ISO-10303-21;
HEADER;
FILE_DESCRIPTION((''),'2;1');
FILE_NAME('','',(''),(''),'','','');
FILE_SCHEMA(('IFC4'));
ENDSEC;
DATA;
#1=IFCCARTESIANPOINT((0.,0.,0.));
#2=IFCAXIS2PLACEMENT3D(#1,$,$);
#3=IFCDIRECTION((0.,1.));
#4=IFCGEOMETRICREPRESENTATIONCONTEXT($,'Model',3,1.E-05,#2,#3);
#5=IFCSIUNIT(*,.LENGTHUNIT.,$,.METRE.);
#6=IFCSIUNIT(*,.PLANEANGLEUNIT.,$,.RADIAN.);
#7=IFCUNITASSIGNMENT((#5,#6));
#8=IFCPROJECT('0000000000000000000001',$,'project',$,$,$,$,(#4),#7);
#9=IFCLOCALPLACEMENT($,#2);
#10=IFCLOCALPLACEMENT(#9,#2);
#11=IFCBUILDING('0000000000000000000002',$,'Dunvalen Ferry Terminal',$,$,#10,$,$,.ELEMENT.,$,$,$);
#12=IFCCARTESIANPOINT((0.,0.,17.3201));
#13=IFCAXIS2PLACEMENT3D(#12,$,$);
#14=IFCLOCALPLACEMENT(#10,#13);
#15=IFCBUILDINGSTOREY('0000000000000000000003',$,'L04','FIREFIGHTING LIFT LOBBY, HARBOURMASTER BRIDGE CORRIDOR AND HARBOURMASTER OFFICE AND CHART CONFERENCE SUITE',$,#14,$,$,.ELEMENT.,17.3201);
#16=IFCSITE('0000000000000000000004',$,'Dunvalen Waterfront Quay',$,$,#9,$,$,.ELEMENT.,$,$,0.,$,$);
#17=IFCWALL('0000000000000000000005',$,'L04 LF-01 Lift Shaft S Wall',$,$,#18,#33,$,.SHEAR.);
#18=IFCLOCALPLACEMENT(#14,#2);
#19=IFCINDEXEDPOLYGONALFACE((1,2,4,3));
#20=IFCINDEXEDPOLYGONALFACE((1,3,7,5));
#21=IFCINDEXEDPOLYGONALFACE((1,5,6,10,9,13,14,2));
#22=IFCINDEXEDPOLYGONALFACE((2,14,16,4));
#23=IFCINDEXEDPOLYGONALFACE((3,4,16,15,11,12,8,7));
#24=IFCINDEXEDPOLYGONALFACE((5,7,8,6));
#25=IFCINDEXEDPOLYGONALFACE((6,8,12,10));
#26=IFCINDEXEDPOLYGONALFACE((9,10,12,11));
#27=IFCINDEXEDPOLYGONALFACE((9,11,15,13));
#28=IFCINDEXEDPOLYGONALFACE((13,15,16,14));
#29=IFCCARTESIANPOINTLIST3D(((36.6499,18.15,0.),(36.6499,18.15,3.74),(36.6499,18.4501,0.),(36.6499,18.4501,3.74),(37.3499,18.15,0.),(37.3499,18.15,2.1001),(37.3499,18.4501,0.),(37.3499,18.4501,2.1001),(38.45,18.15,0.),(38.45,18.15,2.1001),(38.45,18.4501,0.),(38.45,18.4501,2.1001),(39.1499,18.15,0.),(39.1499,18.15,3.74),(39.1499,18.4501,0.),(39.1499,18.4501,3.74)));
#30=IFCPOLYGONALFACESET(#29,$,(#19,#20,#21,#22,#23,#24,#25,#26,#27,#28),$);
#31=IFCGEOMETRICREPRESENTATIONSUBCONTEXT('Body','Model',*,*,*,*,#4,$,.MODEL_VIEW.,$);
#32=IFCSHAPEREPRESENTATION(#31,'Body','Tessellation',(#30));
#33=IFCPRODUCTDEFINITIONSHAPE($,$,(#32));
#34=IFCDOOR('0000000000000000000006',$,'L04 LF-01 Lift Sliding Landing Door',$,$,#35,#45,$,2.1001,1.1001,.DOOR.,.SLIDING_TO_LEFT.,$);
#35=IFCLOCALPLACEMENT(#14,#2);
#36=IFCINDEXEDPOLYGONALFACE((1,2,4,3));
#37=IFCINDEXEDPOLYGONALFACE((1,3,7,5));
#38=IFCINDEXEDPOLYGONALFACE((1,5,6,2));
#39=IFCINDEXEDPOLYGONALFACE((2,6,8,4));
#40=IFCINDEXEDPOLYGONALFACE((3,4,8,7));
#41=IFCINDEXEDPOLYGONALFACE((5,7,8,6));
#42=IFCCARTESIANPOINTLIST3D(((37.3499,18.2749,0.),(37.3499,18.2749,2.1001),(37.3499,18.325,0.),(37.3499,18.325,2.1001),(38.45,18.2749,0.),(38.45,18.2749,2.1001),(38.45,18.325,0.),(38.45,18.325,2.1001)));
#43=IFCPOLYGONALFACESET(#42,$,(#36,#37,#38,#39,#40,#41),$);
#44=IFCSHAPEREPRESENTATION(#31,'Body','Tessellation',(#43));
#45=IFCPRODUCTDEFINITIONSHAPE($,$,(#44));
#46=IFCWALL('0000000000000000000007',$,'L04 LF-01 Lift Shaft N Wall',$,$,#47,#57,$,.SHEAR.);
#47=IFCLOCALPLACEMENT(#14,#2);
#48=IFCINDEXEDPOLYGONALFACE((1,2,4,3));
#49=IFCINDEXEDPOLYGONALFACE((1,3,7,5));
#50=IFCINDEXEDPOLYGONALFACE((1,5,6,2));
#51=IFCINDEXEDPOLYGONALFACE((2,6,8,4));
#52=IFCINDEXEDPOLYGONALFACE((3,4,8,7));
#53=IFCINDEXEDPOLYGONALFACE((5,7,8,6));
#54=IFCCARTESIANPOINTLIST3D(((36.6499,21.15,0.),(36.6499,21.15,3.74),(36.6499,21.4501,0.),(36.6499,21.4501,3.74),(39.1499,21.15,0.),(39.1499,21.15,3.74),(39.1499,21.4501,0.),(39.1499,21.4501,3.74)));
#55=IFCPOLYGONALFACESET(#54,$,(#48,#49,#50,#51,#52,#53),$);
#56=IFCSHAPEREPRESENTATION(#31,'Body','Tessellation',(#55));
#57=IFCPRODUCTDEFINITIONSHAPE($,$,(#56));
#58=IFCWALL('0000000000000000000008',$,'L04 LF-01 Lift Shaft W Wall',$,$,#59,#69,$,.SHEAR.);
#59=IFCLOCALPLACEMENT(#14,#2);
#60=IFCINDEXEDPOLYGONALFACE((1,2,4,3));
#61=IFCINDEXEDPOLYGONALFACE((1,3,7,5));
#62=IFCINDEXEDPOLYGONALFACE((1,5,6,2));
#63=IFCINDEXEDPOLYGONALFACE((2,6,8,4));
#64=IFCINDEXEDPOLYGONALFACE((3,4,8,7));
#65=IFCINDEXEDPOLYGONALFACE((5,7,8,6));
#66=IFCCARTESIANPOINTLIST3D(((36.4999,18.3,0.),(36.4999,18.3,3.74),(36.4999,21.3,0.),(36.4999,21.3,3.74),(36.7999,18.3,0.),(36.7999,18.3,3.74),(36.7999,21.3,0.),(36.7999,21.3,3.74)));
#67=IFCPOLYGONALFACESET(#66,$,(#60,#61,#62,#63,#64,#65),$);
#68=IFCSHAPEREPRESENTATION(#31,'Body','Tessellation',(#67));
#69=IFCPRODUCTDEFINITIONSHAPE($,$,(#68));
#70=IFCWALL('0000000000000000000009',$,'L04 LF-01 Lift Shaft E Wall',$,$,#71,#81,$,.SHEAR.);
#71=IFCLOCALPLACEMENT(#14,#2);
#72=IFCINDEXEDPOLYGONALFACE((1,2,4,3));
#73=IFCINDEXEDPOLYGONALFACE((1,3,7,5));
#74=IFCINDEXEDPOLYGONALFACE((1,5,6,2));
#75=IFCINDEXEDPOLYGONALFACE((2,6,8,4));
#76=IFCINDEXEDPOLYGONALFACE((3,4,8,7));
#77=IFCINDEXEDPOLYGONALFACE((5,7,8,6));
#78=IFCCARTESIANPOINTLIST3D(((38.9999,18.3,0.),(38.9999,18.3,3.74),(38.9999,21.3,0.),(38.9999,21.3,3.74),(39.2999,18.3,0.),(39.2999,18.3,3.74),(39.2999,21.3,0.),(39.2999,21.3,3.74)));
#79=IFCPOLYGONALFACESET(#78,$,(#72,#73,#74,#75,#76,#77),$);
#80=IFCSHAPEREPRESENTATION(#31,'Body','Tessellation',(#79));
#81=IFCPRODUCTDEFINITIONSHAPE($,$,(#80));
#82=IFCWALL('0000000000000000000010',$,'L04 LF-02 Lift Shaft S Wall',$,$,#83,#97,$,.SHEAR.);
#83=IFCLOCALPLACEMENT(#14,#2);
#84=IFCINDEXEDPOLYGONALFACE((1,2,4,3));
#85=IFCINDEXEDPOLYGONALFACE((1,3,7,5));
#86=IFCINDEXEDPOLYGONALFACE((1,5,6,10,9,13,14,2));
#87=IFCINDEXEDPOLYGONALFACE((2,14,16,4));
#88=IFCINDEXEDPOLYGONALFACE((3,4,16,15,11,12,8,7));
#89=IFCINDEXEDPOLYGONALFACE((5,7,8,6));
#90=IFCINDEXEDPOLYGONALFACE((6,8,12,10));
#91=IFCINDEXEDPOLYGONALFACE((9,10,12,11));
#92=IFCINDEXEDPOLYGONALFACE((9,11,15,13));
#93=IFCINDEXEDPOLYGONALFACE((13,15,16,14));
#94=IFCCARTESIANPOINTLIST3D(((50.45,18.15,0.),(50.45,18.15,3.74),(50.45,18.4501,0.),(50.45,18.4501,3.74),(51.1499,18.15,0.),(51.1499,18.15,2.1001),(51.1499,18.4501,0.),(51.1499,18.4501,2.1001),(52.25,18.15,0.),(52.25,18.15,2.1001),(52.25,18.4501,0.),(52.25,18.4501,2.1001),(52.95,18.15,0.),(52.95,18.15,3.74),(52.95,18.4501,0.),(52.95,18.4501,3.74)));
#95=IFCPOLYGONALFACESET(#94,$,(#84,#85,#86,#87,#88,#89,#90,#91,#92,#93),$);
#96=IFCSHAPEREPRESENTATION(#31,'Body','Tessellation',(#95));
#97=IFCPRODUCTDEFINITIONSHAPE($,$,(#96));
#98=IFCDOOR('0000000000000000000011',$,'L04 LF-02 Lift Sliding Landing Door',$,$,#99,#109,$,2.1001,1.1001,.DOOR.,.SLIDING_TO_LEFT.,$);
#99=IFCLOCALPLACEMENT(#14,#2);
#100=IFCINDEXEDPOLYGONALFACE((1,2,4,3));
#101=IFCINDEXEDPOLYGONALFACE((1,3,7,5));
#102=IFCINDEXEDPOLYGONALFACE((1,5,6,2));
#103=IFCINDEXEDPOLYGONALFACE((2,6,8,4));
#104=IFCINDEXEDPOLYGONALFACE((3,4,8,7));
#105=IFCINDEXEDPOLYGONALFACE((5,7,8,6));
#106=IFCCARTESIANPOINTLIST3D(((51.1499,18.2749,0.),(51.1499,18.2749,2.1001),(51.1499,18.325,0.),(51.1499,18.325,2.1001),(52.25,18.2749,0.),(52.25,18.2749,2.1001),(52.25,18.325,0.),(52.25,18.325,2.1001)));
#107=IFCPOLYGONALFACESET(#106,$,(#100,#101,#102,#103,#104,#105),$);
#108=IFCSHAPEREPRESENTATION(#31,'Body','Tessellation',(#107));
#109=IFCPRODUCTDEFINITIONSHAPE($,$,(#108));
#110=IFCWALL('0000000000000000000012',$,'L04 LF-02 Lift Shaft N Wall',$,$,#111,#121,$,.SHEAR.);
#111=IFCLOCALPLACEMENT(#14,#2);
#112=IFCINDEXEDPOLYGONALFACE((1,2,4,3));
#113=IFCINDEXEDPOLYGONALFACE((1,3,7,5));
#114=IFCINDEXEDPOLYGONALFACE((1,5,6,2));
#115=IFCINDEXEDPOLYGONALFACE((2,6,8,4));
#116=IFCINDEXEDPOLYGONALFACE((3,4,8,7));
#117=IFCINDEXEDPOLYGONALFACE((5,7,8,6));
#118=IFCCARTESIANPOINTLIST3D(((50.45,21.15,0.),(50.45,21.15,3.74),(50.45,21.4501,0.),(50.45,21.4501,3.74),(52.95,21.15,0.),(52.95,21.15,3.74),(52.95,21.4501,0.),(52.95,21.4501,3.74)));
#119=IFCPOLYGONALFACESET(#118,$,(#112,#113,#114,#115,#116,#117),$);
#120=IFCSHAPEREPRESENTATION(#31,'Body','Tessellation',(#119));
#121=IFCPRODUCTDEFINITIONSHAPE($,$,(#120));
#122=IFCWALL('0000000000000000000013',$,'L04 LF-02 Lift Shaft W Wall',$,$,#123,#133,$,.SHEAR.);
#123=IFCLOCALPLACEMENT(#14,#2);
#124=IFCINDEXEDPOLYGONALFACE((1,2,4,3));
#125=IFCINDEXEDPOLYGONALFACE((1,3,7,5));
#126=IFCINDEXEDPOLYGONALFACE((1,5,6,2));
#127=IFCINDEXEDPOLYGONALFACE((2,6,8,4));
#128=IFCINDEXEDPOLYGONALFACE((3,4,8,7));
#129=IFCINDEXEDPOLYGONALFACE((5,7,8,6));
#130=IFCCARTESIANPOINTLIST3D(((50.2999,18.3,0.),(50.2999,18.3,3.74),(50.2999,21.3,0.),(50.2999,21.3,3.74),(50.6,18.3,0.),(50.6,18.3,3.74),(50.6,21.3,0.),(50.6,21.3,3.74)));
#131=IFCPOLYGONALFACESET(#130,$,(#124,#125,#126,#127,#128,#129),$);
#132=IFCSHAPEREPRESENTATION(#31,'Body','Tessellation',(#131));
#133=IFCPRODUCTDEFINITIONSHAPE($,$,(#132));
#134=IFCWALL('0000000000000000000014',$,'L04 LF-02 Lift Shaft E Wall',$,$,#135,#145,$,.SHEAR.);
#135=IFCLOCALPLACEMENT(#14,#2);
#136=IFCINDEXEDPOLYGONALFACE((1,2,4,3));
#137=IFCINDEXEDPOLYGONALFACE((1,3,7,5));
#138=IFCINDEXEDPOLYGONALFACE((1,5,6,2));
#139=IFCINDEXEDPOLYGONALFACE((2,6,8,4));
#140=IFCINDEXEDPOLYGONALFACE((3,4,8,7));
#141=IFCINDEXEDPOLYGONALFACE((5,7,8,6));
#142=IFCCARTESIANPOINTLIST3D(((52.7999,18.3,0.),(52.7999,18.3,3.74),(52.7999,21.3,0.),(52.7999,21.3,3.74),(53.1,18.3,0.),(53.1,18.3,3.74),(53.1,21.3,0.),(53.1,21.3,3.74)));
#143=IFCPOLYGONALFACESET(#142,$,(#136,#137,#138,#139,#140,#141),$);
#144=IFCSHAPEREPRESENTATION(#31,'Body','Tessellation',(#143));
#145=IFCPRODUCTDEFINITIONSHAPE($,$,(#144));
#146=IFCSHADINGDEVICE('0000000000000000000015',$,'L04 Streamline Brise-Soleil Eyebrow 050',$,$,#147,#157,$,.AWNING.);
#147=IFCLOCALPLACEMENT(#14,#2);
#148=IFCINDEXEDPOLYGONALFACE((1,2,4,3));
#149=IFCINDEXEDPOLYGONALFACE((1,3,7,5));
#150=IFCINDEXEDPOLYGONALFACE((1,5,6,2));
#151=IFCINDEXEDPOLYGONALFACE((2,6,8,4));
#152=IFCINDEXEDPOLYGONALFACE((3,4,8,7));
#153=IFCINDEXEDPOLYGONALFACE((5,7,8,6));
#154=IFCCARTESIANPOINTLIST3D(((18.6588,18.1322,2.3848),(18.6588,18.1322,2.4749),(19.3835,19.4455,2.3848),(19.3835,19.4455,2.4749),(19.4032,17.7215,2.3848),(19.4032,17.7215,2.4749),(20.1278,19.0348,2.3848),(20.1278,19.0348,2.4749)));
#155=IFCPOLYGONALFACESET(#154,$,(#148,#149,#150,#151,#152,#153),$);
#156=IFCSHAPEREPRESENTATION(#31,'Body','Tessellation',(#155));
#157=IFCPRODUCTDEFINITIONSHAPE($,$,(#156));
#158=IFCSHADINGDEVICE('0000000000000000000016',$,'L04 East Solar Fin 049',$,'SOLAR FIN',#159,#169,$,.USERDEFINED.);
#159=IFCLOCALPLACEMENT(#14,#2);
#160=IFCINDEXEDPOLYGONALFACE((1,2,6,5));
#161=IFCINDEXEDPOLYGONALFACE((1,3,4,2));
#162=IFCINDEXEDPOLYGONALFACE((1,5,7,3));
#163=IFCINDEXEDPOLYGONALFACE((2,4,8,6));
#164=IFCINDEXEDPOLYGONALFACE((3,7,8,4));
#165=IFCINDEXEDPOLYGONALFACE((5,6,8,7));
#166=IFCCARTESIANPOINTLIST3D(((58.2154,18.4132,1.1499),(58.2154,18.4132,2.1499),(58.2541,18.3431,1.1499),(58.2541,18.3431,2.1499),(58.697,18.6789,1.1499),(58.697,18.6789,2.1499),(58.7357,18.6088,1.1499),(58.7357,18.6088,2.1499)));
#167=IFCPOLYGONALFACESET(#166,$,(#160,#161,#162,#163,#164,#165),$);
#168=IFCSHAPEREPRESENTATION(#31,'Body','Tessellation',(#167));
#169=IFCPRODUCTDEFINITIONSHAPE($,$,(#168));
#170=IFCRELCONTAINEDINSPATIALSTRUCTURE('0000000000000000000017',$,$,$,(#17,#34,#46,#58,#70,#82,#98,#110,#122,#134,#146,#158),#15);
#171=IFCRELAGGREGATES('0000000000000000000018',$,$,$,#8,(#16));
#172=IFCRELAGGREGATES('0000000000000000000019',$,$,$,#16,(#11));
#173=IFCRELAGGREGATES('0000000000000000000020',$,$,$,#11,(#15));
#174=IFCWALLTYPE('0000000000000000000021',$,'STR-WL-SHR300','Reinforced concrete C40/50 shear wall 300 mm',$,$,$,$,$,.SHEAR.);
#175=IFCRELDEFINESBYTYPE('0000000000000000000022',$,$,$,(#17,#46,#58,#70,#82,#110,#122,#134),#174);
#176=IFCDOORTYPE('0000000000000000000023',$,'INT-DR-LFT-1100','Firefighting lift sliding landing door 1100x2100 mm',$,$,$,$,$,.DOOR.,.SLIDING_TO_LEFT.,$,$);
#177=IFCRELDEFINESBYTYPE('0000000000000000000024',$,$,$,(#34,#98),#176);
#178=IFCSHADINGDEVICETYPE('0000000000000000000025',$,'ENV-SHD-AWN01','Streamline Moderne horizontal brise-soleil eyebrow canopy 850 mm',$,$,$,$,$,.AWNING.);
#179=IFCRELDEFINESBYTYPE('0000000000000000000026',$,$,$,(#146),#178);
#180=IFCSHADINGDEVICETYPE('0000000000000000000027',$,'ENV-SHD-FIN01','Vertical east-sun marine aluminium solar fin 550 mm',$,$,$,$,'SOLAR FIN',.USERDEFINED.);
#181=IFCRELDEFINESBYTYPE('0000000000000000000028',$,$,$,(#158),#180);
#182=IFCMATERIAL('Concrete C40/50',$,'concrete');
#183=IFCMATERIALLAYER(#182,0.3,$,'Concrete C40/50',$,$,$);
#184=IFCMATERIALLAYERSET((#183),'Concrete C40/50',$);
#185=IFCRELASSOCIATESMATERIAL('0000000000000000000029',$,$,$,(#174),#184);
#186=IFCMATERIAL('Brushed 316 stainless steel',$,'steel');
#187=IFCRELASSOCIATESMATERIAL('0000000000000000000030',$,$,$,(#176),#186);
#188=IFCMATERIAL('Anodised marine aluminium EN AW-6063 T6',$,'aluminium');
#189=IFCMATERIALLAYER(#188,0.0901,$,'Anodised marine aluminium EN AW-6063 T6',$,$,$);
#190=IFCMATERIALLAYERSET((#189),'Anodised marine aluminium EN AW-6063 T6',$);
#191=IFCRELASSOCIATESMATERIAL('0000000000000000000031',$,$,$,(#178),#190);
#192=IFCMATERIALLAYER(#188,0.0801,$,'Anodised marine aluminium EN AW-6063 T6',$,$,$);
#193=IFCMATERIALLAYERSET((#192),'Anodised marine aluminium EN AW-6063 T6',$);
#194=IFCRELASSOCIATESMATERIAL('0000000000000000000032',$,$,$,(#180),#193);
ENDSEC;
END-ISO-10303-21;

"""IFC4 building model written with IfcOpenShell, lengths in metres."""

from ifc_helpers import new_model, si_unit, direction, frame, frame_2d, origin, origin_2d, place, context, subcontext, project, spatial, rectangle, extrude, material, layer, layer_set, type_object, element, fill, save


model = new_model("IFC4")

# Units and contexts
model_context = context("Model", 3, precision=1e-05, world=origin(), true_north=direction((0.0, 1.0)))
body_context = subcontext(model_context, "Body", "Model", "MODEL_VIEW")
ifc_project = project(units=[si_unit("LENGTHUNIT", "METRE"), si_unit("PLANEANGLEUNIT", "RADIAN")], contexts=[model_context])

# Site, building, storey
site_placement = place(None, origin())
site = spatial("IfcSite", under=ifc_project, at=site_placement, Name="Dunvalen Waterfront Quay", CompositionType="ELEMENT", RefElevation=0.0)
building_placement = place(site_placement, origin())
building = spatial("IfcBuilding", under=site, at=building_placement, Name="Dunvalen Ferry Terminal", CompositionType="ELEMENT")
storey_placement = place(building_placement, frame((0.0, 0.0, 17.3201)))
storey = spatial("IfcBuildingStorey", under=building, at=storey_placement, Name="L04", Description="FIREFIGHTING LIFT LOBBY, HARBOURMASTER BRIDGE CORRIDOR AND HARBOURMASTER OFFICE AND CHART CONFERENCE SUITE", CompositionType="ELEMENT", Elevation=17.3201)

# Shared definitions
ifc_material_1 = material(Name="Concrete C40/50", Category="concrete")

# Shared definitions
ifc_layer_1 = layer(ifc_material_1, 0.3, Name="Concrete C40/50")
ifc_layer_set_1 = layer_set([ifc_layer_1], Name="Concrete C40/50")
wall_type_1 = type_object("IfcWallType", Name="STR-WL-SHR300", Description="Reinforced concrete C40/50 shear wall 300 mm", PredefinedType="SHEAR", material=ifc_layer_set_1)

# Wall, opening, door
wall_1_placement = place(storey_placement, frame((36.6499, 18.3, 0.0), z_axis=(0.0, 0.0, 1.0), x_axis=(1.0, 0.0, 0.0)))
wall_1 = element("IfcWall", 1, at=wall_1_placement, inside=storey, type_object=wall_type_1, Name="L04 LF-01 Lift Shaft S Wall", PredefinedType="SHEAR", context=body_context, shape_type="SweptSolid", body=[
    extrude(rectangle(XDim=2.5, YDim=0.3, at=frame_2d((1.25, 0.0))), origin(), (0.0, 0.0, 1.0), 3.74),
])
opening_1_placement = place(wall_1_placement, frame((0.7, 0.0, 0.0)))
opening_1 = element("IfcOpeningElement", 2, at=opening_1_placement, cuts=wall_1, PredefinedType="OPENING", context=body_context, shape_type="SweptSolid", body=[
    extrude(rectangle(XDim=1.1001, YDim=2.1001, at=frame_2d((0.55, 1.05))), frame((0.0, 0.1602, 0.0), z_axis=(0.0, -1.0, 0.0), x_axis=(1.0, 0.0, 0.0)), (0.0, 0.0, 1.0), 0.3201),
])
ifc_material_2 = material(Name="Brushed 316 stainless steel", Category="steel")
door_type = type_object("IfcDoorType", Name="INT-DR-LFT-1100", Description="Firefighting lift sliding landing door 1100x2100 mm", OperationType="SLIDING_TO_LEFT", PredefinedType="DOOR", material=ifc_material_2)
door_1_placement = place(opening_1_placement, origin())
door_1 = element("IfcDoor", 3, at=door_1_placement, inside=storey, type_object=door_type, Name="L04 LF-01 Lift Sliding Landing Door", OperationType="SLIDING_TO_LEFT", OverallHeight=2.1001, OverallWidth=1.1001, PredefinedType="DOOR", context=body_context, shape_type="SweptSolid", body=[
    extrude(rectangle(XDim=1.1001, YDim=2.1001, at=frame_2d((0.55, 1.05))), frame((0.0, 0.0249, 0.0), z_axis=(0.0, -1.0, 0.0), x_axis=(1.0, 0.0, 0.0)), (0.0, 0.0, 1.0), 0.05),
])
fill(opening_1, door_1)

# Walls
wall_2_placement = place(storey_placement, frame((36.6499, 21.3, 0.0), z_axis=(0.0, 0.0, 1.0), x_axis=(1.0, 0.0, 0.0)))
element("IfcWall", 4, at=wall_2_placement, inside=storey, type_object=wall_type_1, Name="L04 LF-01 Lift Shaft N Wall", PredefinedType="SHEAR", context=body_context, shape_type="SweptSolid", body=[
    extrude(rectangle(XDim=2.5, YDim=0.3, at=frame_2d((1.25, 0.0))), origin(), (0.0, 0.0, 1.0), 3.74),
])
for number, where, z_axis, x_axis, name in (
    (5, (36.6499, 18.3, 0.0), (0.0, 0.0, 1.0), (0.0, 1.0, 0.0), "L04 LF-01 Lift Shaft W Wall"),
    (6, (39.1499, 18.3, 0.0), (0.0, 0.0, 1.0), (0.0, 1.0, 0.0), "L04 LF-01 Lift Shaft E Wall"),
):
    element("IfcWall", number, at=place(storey_placement, frame(where, z_axis=z_axis, x_axis=x_axis)), inside=storey, type_object=wall_type_1, Name=name, PredefinedType="SHEAR", context=body_context, shape_type="SweptSolid", body=[
        extrude(rectangle(XDim=3.0, YDim=0.3, at=frame_2d((1.5, 0.0))), origin(), (0.0, 0.0, 1.0), 3.74),
    ])

# Wall, opening, door
wall_3_placement = place(storey_placement, frame((50.45, 18.3, 0.0), z_axis=(0.0, 0.0, 1.0), x_axis=(1.0, 0.0, 0.0)))
wall_3 = element("IfcWall", 7, at=wall_3_placement, inside=storey, type_object=wall_type_1, Name="L04 LF-02 Lift Shaft S Wall", PredefinedType="SHEAR", context=body_context, shape_type="SweptSolid", body=[
    extrude(rectangle(XDim=2.5, YDim=0.3, at=frame_2d((1.25, 0.0))), origin(), (0.0, 0.0, 1.0), 3.74),
])
opening_2_placement = place(wall_3_placement, frame((0.7, 0.0, 0.0)))
opening_2 = element("IfcOpeningElement", 8, at=opening_2_placement, cuts=wall_3, PredefinedType="OPENING", context=body_context, shape_type="SweptSolid", body=[
    extrude(rectangle(XDim=1.1001, YDim=2.1001, at=frame_2d((0.55, 1.05))), frame((0.0, 0.1602, 0.0), z_axis=(0.0, -1.0, 0.0), x_axis=(1.0, 0.0, 0.0)), (0.0, 0.0, 1.0), 0.3201),
])
door_2_placement = place(opening_2_placement, origin())
door_2 = element("IfcDoor", 9, at=door_2_placement, inside=storey, type_object=door_type, Name="L04 LF-02 Lift Sliding Landing Door", OperationType="SLIDING_TO_LEFT", OverallHeight=2.1001, OverallWidth=1.1001, PredefinedType="DOOR", context=body_context, shape_type="SweptSolid", body=[
    extrude(rectangle(XDim=1.1001, YDim=2.1001, at=frame_2d((0.55, 1.05))), frame((0.0, 0.0249, 0.0), z_axis=(0.0, -1.0, 0.0), x_axis=(1.0, 0.0, 0.0)), (0.0, 0.0, 1.0), 0.05),
])
fill(opening_2, door_2)

# Walls
wall_4_placement = place(storey_placement, frame((50.45, 21.3, 0.0), z_axis=(0.0, 0.0, 1.0), x_axis=(1.0, 0.0, 0.0)))
element("IfcWall", 10, at=wall_4_placement, inside=storey, type_object=wall_type_1, Name="L04 LF-02 Lift Shaft N Wall", PredefinedType="SHEAR", context=body_context, shape_type="SweptSolid", body=[
    extrude(rectangle(XDim=2.5, YDim=0.3, at=frame_2d((1.25, 0.0))), origin(), (0.0, 0.0, 1.0), 3.74),
])
for number, where, z_axis, x_axis, name in (
    (11, (50.45, 18.3, 0.0), (0.0, 0.0, 1.0), (0.0, 1.0, 0.0), "L04 LF-02 Lift Shaft W Wall"),
    (12, (52.95, 18.3, 0.0), (0.0, 0.0, 1.0), (0.0, 1.0, 0.0), "L04 LF-02 Lift Shaft E Wall"),
):
    element("IfcWall", number, at=place(storey_placement, frame(where, z_axis=z_axis, x_axis=x_axis)), inside=storey, type_object=wall_type_1, Name=name, PredefinedType="SHEAR", context=body_context, shape_type="SweptSolid", body=[
        extrude(rectangle(XDim=3.0, YDim=0.3, at=frame_2d((1.5, 0.0))), origin(), (0.0, 0.0, 1.0), 3.74),
    ])

# Shading devices
ifc_material_3 = material(Name="Anodised marine aluminium EN AW-6063 T6", Category="aluminium")
ifc_layer_2 = layer(ifc_material_3, 0.0901, Name="Anodised marine aluminium EN AW-6063 T6")
ifc_layer_set_2 = layer_set([ifc_layer_2], Name="Anodised marine aluminium EN AW-6063 T6")
shading_device_type_1 = type_object("IfcShadingDeviceType", Name="ENV-SHD-AWN01", Description="Streamline Moderne horizontal brise-soleil eyebrow canopy 850 mm", PredefinedType="AWNING", material=ifc_layer_set_2)
shading_device_1_placement = place(storey_placement, frame((19.3933, 18.5835, 2.3848), z_axis=(0.0, 0.0, 1.0), x_axis=(-0.483088, -0.875572, 0.0)))
element("IfcShadingDevice", 13, at=shading_device_1_placement, inside=storey, type_object=shading_device_type_1, Name="L04 Streamline Brise-Soleil Eyebrow 050", PredefinedType="AWNING", context=body_context, shape_type="SweptSolid", body=[
    extrude(rectangle(XDim=1.5, YDim=0.8501, at=origin_2d()), origin(), (0.0, 0.0, 1.0), 0.0901),
])
ifc_layer_3 = layer(ifc_material_3, 0.0801, Name="Anodised marine aluminium EN AW-6063 T6")
ifc_layer_set_3 = layer_set([ifc_layer_3], Name="Anodised marine aluminium EN AW-6063 T6")
shading_device_type_2 = type_object("IfcShadingDeviceType", Name="ENV-SHD-FIN01", Description="Vertical east-sun marine aluminium solar fin 550 mm", ElementType="SOLAR FIN", PredefinedType="USERDEFINED", material=ifc_layer_set_3)
shading_device_2_placement = place(storey_placement, frame((58.4756, 18.511, 1.1499), z_axis=(0.0, 0.0, 1.0), x_axis=(-0.483088, 0.875572, 0.0)))
element("IfcShadingDevice", 14, at=shading_device_2_placement, inside=storey, type_object=shading_device_type_2, Name="L04 East Solar Fin 049", ObjectType="SOLAR FIN", PredefinedType="USERDEFINED", context=body_context, shape_type="SweptSolid", body=[
    extrude(rectangle(XDim=0.0801, YDim=0.55, at=origin_2d()), origin(), (0.0, 0.0, 1.0), 1.0),
])

save(model, "model.ifc")
